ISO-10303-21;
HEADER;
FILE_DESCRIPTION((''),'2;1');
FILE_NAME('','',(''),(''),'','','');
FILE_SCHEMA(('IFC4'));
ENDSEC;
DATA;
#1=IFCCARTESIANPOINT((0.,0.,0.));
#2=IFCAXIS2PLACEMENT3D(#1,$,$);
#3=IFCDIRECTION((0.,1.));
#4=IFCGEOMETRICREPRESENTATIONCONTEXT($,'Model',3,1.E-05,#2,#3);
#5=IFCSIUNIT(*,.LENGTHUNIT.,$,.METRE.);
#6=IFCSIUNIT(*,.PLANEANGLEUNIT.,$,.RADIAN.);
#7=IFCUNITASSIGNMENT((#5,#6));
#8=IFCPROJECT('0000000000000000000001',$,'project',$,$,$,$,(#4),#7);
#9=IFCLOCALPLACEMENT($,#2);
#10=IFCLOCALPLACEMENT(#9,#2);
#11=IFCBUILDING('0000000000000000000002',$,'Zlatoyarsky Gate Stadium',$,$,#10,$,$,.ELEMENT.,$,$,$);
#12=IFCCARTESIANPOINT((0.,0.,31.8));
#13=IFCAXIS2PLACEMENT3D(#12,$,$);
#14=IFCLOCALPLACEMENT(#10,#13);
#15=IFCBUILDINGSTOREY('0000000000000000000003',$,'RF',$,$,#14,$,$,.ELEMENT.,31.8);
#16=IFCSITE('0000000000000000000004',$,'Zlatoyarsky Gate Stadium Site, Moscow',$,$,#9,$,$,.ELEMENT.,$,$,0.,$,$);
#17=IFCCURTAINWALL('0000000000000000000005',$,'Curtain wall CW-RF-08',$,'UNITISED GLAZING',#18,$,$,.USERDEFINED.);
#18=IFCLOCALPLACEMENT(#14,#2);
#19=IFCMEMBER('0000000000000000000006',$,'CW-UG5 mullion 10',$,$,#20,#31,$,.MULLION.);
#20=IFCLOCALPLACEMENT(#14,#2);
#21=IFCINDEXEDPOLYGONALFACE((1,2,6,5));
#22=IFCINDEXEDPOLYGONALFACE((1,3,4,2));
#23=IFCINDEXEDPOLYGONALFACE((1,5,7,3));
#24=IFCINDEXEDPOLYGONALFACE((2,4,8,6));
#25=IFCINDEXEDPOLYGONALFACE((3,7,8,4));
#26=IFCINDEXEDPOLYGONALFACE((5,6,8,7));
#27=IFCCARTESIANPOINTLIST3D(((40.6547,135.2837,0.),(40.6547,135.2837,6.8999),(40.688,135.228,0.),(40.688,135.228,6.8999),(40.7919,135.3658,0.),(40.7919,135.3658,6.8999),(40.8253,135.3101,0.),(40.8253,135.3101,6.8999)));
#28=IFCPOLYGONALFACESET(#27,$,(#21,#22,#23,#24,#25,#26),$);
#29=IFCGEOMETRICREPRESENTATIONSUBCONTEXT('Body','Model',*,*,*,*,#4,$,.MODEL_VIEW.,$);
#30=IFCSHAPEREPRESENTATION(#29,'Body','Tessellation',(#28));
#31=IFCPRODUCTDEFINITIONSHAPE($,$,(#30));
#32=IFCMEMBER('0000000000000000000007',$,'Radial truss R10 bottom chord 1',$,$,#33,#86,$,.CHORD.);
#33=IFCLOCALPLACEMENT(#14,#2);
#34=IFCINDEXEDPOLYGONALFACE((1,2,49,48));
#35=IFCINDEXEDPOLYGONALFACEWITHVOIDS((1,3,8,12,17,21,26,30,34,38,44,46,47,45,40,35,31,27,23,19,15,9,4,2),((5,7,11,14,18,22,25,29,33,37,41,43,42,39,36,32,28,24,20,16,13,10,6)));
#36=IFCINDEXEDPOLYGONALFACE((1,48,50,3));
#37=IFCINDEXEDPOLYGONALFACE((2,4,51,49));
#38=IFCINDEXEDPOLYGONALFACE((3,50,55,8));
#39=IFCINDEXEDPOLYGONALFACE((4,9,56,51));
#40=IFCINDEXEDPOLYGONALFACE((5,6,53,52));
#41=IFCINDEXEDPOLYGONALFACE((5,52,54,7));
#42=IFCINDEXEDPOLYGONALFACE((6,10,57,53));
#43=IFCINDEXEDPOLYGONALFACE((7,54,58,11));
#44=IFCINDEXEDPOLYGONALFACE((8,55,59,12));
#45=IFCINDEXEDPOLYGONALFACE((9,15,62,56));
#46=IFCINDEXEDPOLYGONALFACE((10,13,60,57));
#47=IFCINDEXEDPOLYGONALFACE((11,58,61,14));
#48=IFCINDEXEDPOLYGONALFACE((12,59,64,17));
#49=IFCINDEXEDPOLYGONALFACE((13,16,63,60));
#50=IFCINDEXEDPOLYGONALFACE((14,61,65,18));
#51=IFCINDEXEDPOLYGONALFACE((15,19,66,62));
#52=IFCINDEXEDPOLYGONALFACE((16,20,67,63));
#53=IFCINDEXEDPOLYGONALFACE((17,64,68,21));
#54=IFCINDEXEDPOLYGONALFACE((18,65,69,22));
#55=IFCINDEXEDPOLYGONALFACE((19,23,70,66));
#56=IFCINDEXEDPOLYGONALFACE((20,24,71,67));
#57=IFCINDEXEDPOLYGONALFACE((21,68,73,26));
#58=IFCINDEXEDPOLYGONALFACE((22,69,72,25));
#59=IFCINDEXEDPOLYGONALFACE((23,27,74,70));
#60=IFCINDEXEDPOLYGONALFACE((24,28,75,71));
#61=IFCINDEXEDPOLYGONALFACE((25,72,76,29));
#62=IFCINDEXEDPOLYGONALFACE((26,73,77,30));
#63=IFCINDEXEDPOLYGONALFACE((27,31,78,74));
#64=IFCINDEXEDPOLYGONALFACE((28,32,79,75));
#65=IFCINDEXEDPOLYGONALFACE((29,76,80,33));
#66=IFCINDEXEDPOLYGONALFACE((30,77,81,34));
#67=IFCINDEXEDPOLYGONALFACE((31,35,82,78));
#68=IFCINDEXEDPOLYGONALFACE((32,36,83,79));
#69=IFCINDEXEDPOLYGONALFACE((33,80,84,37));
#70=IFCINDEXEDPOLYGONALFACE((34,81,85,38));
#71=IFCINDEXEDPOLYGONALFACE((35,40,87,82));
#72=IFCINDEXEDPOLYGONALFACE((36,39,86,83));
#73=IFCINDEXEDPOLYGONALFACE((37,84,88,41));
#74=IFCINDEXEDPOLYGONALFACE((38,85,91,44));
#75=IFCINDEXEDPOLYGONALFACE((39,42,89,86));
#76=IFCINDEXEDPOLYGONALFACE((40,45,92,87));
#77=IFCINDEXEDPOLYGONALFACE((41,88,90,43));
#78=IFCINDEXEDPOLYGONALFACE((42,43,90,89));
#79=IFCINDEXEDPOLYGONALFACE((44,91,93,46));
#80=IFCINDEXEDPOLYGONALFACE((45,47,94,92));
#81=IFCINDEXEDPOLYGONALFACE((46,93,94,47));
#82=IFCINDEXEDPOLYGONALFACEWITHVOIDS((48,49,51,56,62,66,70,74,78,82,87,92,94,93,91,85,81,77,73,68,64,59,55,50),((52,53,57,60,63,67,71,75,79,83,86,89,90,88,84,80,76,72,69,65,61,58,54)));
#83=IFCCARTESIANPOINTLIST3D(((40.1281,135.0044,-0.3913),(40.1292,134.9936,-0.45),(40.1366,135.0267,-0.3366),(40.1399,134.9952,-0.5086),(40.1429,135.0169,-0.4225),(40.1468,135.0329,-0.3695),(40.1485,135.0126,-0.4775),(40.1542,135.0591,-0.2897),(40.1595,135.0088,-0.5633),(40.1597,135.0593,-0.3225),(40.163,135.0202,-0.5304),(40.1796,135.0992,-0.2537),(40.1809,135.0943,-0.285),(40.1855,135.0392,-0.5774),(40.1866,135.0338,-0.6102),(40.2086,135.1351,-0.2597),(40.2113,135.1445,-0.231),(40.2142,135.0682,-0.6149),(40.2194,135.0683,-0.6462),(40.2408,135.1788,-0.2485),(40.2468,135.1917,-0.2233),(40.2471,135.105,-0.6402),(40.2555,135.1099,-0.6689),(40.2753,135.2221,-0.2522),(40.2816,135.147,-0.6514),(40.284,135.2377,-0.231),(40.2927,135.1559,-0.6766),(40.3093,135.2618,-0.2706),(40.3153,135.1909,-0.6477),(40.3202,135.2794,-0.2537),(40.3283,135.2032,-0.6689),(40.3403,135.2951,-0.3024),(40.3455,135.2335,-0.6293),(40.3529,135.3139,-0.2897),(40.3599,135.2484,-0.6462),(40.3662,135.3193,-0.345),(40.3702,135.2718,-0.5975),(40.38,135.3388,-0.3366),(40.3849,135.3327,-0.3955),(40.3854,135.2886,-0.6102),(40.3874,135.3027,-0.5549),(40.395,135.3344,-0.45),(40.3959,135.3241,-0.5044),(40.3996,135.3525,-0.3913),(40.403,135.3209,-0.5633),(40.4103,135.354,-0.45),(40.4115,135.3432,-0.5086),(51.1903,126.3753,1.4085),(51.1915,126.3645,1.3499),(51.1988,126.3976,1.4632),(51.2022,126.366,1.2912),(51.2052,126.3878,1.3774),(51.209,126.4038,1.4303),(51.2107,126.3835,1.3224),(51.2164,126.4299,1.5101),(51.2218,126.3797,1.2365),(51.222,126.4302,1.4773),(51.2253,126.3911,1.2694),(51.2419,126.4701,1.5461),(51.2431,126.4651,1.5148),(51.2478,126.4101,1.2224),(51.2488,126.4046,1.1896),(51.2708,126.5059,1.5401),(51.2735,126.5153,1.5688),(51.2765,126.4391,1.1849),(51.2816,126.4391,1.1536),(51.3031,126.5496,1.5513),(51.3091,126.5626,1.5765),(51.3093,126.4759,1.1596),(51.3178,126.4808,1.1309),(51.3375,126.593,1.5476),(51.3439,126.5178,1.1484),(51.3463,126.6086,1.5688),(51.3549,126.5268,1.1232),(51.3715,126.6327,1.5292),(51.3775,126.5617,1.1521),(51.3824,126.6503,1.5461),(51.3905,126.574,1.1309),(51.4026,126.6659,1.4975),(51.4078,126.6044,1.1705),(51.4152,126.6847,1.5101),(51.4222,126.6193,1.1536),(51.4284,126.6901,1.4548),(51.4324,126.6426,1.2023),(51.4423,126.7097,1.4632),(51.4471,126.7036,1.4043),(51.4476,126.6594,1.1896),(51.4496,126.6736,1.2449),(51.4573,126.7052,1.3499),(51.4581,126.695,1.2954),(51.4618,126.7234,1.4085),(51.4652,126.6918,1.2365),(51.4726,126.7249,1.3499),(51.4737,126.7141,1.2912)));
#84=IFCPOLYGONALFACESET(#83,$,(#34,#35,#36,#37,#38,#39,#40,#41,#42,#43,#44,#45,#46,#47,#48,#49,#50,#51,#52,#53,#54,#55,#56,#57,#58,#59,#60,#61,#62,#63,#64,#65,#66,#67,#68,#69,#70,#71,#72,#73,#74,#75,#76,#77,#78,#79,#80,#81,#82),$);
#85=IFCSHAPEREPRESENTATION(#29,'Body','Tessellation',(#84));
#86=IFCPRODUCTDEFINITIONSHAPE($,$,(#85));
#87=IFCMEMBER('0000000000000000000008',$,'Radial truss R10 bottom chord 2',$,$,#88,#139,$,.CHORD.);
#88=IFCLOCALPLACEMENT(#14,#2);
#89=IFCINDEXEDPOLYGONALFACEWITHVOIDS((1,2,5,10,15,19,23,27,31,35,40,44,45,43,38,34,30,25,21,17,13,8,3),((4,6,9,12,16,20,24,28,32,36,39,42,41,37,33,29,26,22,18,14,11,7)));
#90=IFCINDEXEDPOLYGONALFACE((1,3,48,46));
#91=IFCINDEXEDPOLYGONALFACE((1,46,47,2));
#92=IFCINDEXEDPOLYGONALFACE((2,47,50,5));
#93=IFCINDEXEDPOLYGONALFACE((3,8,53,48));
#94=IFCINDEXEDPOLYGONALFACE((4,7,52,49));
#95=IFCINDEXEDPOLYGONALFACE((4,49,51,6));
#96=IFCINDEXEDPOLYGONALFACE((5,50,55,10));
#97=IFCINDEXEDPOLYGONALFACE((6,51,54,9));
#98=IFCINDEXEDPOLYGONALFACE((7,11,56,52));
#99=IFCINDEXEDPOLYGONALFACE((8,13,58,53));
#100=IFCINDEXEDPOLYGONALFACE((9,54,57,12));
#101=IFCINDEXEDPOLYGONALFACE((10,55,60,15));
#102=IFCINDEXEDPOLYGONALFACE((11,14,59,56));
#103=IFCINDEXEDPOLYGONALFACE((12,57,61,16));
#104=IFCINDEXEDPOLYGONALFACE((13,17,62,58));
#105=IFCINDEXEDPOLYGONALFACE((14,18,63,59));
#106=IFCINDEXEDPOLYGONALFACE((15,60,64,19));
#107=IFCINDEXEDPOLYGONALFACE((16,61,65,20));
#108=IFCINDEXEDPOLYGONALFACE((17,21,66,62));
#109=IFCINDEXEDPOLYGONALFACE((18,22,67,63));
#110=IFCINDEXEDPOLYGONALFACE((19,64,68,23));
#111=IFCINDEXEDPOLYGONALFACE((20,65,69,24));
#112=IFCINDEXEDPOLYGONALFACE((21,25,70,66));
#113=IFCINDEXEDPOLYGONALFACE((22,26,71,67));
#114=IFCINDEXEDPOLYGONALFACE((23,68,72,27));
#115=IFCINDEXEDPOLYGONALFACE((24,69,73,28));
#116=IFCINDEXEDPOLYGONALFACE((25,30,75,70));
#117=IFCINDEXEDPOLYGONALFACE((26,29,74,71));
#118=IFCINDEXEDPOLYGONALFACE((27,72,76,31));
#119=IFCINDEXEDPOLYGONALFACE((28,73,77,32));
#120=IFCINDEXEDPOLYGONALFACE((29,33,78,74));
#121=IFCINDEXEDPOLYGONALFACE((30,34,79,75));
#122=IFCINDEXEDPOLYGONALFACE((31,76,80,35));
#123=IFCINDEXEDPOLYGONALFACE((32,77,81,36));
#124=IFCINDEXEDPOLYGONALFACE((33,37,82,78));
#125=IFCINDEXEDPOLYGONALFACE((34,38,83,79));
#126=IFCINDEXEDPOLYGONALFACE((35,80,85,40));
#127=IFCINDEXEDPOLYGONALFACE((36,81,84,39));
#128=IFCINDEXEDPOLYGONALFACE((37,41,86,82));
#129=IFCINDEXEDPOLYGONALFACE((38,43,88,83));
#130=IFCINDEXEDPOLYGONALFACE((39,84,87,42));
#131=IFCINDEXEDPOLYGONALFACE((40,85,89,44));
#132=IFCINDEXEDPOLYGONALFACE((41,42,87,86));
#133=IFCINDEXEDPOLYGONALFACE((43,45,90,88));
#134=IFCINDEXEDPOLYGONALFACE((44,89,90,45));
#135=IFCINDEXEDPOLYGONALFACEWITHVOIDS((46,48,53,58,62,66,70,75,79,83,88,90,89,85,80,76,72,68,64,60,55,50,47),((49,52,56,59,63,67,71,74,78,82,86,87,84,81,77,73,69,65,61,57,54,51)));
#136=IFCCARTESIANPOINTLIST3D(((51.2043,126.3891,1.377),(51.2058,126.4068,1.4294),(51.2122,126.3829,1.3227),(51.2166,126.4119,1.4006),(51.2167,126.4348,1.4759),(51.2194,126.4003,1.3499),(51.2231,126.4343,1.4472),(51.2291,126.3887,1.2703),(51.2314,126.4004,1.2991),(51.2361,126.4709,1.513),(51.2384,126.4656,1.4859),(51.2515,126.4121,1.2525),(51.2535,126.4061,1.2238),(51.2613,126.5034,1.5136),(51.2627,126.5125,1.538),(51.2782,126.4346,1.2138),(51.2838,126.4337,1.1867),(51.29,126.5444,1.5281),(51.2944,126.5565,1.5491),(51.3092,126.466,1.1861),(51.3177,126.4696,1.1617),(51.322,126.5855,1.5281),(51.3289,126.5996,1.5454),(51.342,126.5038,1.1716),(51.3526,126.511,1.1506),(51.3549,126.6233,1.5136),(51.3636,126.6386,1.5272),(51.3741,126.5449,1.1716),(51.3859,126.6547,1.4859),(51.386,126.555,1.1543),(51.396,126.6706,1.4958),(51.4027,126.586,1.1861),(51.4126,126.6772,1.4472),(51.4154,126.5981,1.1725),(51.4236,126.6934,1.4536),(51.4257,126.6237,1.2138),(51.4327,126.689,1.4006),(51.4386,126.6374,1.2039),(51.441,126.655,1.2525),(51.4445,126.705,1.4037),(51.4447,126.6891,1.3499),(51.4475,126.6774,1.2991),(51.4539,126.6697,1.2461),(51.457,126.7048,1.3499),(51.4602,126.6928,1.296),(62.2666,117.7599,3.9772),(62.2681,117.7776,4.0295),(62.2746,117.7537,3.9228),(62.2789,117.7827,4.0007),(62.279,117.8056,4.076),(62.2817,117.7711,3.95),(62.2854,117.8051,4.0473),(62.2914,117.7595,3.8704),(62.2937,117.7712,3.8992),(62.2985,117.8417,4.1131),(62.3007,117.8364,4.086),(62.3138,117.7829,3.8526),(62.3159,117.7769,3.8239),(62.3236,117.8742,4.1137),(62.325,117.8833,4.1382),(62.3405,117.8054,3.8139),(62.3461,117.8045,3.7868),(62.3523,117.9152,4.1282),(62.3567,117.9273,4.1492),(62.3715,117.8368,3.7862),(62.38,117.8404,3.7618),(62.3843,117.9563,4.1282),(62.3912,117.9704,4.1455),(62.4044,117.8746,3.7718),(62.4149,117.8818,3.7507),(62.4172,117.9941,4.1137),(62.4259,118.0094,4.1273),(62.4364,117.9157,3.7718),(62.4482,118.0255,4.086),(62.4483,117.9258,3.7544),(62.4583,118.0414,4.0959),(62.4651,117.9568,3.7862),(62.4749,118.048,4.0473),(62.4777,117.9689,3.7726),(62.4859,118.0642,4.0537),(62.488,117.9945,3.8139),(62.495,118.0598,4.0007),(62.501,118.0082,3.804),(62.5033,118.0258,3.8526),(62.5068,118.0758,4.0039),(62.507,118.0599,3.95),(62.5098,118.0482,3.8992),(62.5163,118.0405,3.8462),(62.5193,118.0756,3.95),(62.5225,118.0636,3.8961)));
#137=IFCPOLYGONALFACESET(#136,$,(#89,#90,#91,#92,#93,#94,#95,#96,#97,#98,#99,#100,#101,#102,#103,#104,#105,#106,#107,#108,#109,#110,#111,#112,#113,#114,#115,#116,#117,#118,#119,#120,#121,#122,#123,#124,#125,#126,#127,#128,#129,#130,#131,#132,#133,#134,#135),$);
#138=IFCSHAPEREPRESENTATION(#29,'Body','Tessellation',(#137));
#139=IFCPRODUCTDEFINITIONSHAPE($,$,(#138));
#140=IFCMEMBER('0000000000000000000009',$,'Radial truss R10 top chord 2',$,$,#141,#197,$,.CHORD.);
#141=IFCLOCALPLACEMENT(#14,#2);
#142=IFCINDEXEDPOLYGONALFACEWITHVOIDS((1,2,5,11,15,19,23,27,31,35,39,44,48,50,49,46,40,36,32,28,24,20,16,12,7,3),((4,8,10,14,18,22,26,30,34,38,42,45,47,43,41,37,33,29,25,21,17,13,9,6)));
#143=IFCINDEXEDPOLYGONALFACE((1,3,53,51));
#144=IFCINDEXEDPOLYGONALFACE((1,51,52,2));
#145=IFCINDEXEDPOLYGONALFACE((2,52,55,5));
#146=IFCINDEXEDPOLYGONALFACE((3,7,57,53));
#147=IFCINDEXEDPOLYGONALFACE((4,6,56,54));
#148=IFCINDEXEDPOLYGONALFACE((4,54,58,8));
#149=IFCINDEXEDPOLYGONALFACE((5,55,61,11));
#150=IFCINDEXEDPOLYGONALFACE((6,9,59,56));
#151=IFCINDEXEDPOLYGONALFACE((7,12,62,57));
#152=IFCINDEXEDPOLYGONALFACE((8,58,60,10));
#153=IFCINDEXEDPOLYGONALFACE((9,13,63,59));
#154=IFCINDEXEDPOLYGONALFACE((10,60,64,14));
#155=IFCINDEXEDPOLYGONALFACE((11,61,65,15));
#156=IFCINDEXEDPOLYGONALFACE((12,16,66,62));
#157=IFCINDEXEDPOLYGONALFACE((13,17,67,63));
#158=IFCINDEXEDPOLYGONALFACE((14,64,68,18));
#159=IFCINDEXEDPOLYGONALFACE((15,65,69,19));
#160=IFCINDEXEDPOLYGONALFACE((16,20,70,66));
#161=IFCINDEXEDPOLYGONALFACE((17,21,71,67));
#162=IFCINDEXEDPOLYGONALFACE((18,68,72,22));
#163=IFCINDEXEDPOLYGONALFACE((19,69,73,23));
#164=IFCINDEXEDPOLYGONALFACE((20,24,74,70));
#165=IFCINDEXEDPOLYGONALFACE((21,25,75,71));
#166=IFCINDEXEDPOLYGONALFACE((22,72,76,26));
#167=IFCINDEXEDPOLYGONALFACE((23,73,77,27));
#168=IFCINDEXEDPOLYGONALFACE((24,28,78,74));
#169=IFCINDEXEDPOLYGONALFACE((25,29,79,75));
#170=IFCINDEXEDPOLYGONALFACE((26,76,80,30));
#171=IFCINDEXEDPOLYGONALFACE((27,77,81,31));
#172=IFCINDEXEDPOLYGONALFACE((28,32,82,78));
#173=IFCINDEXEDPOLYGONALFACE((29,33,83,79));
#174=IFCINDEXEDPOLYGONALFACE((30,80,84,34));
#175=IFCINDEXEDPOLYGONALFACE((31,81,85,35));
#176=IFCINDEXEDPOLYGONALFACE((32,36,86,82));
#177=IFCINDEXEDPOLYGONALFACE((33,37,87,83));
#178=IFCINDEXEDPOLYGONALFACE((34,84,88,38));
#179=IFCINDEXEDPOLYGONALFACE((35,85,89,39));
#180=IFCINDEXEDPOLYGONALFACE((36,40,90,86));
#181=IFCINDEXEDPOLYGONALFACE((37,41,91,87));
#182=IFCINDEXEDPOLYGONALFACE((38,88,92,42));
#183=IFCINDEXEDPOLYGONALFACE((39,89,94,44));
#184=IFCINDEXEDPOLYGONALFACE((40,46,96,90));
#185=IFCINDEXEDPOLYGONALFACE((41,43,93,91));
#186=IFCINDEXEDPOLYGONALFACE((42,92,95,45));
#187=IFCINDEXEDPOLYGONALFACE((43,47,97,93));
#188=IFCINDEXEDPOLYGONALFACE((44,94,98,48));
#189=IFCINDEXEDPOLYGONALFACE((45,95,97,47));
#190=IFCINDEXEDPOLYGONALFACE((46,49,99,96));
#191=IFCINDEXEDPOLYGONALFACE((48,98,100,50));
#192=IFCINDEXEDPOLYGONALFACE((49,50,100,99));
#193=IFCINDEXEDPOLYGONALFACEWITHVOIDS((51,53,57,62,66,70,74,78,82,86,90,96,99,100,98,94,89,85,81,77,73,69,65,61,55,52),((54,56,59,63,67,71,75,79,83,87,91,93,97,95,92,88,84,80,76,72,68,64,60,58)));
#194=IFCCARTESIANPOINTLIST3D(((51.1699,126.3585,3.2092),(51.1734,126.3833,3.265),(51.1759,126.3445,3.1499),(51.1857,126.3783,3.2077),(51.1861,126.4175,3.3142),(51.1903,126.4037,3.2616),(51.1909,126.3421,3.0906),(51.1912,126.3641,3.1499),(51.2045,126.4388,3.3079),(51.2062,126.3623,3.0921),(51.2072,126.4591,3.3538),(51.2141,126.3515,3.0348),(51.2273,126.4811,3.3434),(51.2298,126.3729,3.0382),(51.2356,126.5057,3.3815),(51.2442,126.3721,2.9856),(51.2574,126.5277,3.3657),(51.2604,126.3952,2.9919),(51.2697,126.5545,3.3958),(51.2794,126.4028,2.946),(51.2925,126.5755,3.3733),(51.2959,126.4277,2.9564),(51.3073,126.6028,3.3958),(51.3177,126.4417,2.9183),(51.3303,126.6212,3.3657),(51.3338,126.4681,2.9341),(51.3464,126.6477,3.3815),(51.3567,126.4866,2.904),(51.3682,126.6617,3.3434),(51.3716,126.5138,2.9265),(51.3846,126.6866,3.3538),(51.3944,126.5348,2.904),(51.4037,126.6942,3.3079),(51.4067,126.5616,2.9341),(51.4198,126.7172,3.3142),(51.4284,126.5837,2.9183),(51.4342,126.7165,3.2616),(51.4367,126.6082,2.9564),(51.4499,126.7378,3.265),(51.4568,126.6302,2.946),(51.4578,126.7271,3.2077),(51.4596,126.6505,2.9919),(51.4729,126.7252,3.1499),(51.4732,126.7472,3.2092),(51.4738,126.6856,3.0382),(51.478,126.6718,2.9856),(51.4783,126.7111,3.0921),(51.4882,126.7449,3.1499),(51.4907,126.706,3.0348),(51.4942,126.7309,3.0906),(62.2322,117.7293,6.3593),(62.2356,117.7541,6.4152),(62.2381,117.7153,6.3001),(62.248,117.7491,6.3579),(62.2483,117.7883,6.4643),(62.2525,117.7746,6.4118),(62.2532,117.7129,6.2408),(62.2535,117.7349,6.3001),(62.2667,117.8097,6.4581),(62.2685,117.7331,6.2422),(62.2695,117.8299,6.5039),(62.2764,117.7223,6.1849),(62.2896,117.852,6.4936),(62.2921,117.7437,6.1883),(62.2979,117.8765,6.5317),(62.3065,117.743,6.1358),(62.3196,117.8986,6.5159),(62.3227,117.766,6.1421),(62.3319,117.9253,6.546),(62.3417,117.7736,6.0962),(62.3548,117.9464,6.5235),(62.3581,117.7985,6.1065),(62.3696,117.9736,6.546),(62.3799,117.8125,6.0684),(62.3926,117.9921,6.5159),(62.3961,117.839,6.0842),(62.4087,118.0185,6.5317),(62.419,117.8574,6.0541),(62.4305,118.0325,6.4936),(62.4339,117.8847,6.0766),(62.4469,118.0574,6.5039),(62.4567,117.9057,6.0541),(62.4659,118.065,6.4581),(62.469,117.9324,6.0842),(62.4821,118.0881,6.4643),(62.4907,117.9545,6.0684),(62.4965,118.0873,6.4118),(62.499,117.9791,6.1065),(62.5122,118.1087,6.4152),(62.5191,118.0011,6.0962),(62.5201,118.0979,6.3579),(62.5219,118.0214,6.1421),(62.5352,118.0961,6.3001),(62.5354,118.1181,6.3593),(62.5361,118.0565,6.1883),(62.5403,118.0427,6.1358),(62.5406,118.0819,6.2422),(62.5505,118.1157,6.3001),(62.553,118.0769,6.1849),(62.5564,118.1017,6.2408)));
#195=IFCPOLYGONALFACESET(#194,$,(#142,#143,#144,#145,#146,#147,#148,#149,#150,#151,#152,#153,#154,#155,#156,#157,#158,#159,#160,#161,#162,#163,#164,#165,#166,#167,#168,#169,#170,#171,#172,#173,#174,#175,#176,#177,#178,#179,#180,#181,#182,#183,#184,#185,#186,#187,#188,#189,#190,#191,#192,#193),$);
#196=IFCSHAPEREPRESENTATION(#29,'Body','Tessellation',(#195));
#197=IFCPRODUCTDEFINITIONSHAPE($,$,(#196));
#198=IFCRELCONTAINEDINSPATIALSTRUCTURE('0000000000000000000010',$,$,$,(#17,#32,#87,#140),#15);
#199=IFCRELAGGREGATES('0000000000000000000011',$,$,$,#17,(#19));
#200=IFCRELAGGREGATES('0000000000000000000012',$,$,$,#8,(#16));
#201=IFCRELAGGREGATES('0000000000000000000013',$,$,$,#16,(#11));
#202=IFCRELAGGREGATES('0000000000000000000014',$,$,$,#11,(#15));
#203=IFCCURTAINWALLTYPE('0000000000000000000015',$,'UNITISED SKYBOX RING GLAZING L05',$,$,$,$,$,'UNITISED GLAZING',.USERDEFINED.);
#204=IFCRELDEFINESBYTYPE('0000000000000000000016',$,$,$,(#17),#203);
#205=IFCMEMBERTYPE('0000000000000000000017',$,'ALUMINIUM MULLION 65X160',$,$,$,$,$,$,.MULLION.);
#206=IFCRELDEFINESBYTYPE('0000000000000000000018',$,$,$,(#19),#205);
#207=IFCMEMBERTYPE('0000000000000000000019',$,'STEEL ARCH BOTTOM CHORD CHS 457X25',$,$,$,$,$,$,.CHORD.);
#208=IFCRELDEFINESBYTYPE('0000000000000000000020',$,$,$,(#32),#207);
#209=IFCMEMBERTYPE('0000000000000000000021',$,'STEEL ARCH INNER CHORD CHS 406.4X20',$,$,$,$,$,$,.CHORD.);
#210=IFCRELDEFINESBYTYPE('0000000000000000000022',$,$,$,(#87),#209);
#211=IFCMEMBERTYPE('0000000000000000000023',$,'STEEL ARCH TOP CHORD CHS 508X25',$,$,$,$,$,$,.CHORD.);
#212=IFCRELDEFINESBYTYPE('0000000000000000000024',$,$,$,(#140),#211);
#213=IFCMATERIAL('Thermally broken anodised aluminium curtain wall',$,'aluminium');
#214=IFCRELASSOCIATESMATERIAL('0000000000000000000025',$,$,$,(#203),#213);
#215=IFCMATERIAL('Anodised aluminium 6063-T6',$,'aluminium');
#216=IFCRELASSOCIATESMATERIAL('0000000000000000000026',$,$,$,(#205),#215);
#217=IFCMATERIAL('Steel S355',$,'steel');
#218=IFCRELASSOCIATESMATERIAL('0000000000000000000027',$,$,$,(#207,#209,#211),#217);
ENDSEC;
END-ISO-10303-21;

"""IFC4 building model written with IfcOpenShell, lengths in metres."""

from ifc_helpers import new_model, si_unit, direction, frame, origin, origin_2d, place, context, subcontext, project, spatial, rectangle, hollow_circle, extrude, material, material_profile, profile_set, type_object, element, aggregate, save


model = new_model("IFC4")

# Units and contexts
model_context = context("Model", 3, precision=1e-05, world=origin(), true_north=direction((0.0, 1.0)))
body_context = subcontext(model_context, "Body", "Model", "MODEL_VIEW")
ifc_project = project(units=[si_unit("LENGTHUNIT", "METRE"), si_unit("PLANEANGLEUNIT", "RADIAN")], contexts=[model_context])

# Site, building, storey
site_placement = place(None, origin())
site = spatial("IfcSite", under=ifc_project, at=site_placement, Name="Zlatoyarsky Gate Stadium Site, Moscow", CompositionType="ELEMENT", RefElevation=0.0)
building_placement = place(site_placement, origin())
building = spatial("IfcBuilding", under=site, at=building_placement, Name="Zlatoyarsky Gate Stadium", CompositionType="ELEMENT")
storey_placement = place(building_placement, frame((0.0, 0.0, 31.8)))
storey = spatial("IfcBuildingStorey", under=building, at=storey_placement, Name="RF", CompositionType="ELEMENT", Elevation=31.8)

# Curtain wall, member
ifc_material_1 = material(Name="Thermally broken anodised aluminium curtain wall", Category="aluminium")
curtain_wall_type = type_object("IfcCurtainWallType", Name="UNITISED SKYBOX RING GLAZING L05", ElementType="UNITISED GLAZING", PredefinedType="USERDEFINED", material=ifc_material_1)
curtain_wall_placement = place(storey_placement, origin())
curtain_wall = element("IfcCurtainWall", 1, at=curtain_wall_placement, inside=storey, type_object=curtain_wall_type, Name="Curtain wall CW-RF-08", ObjectType="UNITISED GLAZING", PredefinedType="USERDEFINED")
ifc_material_2 = material(Name="Anodised aluminium 6063-T6", Category="aluminium")
ifc_material_profile_1 = material_profile(ifc_material_2, rectangle(XDim=0.0649, YDim=0.1599, at=origin_2d()), Name="ALU 65X160")
ifc_profile_set_1 = profile_set([ifc_material_profile_1], Name="Anodised aluminium 6063-T6")
member_type_1 = type_object("IfcMemberType", Name="ALUMINIUM MULLION 65X160", PredefinedType="MULLION", material=ifc_profile_set_1)
member_1_placement = place(storey_placement, frame((40.74, 135.2969, 0.0), z_axis=(0.0, 0.0, 1.0), x_axis=(0.513436, -0.858128, 0.0)))
member_1 = element("IfcMember", 2, at=member_1_placement, type_object=member_type_1, Name="CW-UG5 mullion 10", PredefinedType="MULLION", context=body_context, shape_type="SweptSolid", body=[
    extrude(rectangle(XDim=0.0649, YDim=0.1599, at=origin_2d()), origin(), (0.0, 0.0, 1.0), 6.8999),
])

# Members
ifc_material_3 = material(Name="Steel S355", Category="steel")
ifc_material_profile_2 = material_profile(ifc_material_3, hollow_circle(Radius=0.2285, WallThickness=0.0249, at=origin_2d()), Name="CHS 457X25")
ifc_profile_set_2 = profile_set([ifc_material_profile_2], Name="Steel S355")
member_type_2 = type_object("IfcMemberType", Name="STEEL ARCH BOTTOM CHORD CHS 457X25", PredefinedType="CHORD", material=ifc_profile_set_2)
member_2_placement = place(storey_placement, frame((40.2698, 135.1738, -0.45), z_axis=(0.782073, -0.610059, 0.127242), x_axis=(0.615058, 0.788482, 0.0)))
element("IfcMember", 3, at=member_2_placement, inside=storey, type_object=member_type_2, Name="Radial truss R10 bottom chord 1", PredefinedType="CHORD", context=body_context, shape_type="SweptSolid", body=[
    extrude(hollow_circle(Radius=0.2285, WallThickness=0.0249, at=origin_2d()), origin(), (0.0, 0.0, 1.0), 14.1448),
])
ifc_material_profile_3 = material_profile(ifc_material_3, hollow_circle(Radius=0.2031, WallThickness=0.02, at=origin_2d()), Name="CHS 406.4X20")
ifc_profile_set_3 = profile_set([ifc_material_profile_3], Name="Steel S355")
member_type_3 = type_object("IfcMemberType", Name="STEEL ARCH INNER CHORD CHS 406.4X20", PredefinedType="CHORD", material=ifc_profile_set_3)
member_3_placement = place(storey_placement, frame((51.332, 126.5447, 1.3499), z_axis=(0.77528, -0.60476, 0.182224), x_axis=(0.615058, 0.788482, 0.0)))
element("IfcMember", 4, at=member_3_placement, inside=storey, type_object=member_type_3, Name="Radial truss R10 bottom chord 2", PredefinedType="CHORD", context=body_context, shape_type="SweptSolid", body=[
    extrude(hollow_circle(Radius=0.2031, WallThickness=0.02, at=origin_2d()), origin(), (0.0, 0.0, 1.0), 14.2688),
])
ifc_material_profile_4 = material_profile(ifc_material_3, hollow_circle(Radius=0.2539, WallThickness=0.0249, at=origin_2d()), Name="CHS 508X25")
ifc_profile_set_4 = profile_set([ifc_material_profile_4], Name="Steel S355")
member_type_4 = type_object("IfcMemberType", Name="STEEL ARCH TOP CHORD CHS 508X25", PredefinedType="CHORD", material=ifc_profile_set_4)
member_4_placement = place(storey_placement, frame((51.332, 126.5447, 3.1499), z_axis=(0.769328, -0.600117, 0.219078), x_axis=(0.615058, 0.788482, 0.0)))
element("IfcMember", 5, at=member_4_placement, inside=storey, type_object=member_type_4, Name="Radial truss R10 top chord 2", PredefinedType="CHORD", context=body_context, shape_type="SweptSolid", body=[
    extrude(hollow_circle(Radius=0.2539, WallThickness=0.0249, at=origin_2d()), origin(), (0.0, 0.0, 1.0), 14.3792),
])

aggregate(curtain_wall, [member_1])

save(model, "model.ifc")
